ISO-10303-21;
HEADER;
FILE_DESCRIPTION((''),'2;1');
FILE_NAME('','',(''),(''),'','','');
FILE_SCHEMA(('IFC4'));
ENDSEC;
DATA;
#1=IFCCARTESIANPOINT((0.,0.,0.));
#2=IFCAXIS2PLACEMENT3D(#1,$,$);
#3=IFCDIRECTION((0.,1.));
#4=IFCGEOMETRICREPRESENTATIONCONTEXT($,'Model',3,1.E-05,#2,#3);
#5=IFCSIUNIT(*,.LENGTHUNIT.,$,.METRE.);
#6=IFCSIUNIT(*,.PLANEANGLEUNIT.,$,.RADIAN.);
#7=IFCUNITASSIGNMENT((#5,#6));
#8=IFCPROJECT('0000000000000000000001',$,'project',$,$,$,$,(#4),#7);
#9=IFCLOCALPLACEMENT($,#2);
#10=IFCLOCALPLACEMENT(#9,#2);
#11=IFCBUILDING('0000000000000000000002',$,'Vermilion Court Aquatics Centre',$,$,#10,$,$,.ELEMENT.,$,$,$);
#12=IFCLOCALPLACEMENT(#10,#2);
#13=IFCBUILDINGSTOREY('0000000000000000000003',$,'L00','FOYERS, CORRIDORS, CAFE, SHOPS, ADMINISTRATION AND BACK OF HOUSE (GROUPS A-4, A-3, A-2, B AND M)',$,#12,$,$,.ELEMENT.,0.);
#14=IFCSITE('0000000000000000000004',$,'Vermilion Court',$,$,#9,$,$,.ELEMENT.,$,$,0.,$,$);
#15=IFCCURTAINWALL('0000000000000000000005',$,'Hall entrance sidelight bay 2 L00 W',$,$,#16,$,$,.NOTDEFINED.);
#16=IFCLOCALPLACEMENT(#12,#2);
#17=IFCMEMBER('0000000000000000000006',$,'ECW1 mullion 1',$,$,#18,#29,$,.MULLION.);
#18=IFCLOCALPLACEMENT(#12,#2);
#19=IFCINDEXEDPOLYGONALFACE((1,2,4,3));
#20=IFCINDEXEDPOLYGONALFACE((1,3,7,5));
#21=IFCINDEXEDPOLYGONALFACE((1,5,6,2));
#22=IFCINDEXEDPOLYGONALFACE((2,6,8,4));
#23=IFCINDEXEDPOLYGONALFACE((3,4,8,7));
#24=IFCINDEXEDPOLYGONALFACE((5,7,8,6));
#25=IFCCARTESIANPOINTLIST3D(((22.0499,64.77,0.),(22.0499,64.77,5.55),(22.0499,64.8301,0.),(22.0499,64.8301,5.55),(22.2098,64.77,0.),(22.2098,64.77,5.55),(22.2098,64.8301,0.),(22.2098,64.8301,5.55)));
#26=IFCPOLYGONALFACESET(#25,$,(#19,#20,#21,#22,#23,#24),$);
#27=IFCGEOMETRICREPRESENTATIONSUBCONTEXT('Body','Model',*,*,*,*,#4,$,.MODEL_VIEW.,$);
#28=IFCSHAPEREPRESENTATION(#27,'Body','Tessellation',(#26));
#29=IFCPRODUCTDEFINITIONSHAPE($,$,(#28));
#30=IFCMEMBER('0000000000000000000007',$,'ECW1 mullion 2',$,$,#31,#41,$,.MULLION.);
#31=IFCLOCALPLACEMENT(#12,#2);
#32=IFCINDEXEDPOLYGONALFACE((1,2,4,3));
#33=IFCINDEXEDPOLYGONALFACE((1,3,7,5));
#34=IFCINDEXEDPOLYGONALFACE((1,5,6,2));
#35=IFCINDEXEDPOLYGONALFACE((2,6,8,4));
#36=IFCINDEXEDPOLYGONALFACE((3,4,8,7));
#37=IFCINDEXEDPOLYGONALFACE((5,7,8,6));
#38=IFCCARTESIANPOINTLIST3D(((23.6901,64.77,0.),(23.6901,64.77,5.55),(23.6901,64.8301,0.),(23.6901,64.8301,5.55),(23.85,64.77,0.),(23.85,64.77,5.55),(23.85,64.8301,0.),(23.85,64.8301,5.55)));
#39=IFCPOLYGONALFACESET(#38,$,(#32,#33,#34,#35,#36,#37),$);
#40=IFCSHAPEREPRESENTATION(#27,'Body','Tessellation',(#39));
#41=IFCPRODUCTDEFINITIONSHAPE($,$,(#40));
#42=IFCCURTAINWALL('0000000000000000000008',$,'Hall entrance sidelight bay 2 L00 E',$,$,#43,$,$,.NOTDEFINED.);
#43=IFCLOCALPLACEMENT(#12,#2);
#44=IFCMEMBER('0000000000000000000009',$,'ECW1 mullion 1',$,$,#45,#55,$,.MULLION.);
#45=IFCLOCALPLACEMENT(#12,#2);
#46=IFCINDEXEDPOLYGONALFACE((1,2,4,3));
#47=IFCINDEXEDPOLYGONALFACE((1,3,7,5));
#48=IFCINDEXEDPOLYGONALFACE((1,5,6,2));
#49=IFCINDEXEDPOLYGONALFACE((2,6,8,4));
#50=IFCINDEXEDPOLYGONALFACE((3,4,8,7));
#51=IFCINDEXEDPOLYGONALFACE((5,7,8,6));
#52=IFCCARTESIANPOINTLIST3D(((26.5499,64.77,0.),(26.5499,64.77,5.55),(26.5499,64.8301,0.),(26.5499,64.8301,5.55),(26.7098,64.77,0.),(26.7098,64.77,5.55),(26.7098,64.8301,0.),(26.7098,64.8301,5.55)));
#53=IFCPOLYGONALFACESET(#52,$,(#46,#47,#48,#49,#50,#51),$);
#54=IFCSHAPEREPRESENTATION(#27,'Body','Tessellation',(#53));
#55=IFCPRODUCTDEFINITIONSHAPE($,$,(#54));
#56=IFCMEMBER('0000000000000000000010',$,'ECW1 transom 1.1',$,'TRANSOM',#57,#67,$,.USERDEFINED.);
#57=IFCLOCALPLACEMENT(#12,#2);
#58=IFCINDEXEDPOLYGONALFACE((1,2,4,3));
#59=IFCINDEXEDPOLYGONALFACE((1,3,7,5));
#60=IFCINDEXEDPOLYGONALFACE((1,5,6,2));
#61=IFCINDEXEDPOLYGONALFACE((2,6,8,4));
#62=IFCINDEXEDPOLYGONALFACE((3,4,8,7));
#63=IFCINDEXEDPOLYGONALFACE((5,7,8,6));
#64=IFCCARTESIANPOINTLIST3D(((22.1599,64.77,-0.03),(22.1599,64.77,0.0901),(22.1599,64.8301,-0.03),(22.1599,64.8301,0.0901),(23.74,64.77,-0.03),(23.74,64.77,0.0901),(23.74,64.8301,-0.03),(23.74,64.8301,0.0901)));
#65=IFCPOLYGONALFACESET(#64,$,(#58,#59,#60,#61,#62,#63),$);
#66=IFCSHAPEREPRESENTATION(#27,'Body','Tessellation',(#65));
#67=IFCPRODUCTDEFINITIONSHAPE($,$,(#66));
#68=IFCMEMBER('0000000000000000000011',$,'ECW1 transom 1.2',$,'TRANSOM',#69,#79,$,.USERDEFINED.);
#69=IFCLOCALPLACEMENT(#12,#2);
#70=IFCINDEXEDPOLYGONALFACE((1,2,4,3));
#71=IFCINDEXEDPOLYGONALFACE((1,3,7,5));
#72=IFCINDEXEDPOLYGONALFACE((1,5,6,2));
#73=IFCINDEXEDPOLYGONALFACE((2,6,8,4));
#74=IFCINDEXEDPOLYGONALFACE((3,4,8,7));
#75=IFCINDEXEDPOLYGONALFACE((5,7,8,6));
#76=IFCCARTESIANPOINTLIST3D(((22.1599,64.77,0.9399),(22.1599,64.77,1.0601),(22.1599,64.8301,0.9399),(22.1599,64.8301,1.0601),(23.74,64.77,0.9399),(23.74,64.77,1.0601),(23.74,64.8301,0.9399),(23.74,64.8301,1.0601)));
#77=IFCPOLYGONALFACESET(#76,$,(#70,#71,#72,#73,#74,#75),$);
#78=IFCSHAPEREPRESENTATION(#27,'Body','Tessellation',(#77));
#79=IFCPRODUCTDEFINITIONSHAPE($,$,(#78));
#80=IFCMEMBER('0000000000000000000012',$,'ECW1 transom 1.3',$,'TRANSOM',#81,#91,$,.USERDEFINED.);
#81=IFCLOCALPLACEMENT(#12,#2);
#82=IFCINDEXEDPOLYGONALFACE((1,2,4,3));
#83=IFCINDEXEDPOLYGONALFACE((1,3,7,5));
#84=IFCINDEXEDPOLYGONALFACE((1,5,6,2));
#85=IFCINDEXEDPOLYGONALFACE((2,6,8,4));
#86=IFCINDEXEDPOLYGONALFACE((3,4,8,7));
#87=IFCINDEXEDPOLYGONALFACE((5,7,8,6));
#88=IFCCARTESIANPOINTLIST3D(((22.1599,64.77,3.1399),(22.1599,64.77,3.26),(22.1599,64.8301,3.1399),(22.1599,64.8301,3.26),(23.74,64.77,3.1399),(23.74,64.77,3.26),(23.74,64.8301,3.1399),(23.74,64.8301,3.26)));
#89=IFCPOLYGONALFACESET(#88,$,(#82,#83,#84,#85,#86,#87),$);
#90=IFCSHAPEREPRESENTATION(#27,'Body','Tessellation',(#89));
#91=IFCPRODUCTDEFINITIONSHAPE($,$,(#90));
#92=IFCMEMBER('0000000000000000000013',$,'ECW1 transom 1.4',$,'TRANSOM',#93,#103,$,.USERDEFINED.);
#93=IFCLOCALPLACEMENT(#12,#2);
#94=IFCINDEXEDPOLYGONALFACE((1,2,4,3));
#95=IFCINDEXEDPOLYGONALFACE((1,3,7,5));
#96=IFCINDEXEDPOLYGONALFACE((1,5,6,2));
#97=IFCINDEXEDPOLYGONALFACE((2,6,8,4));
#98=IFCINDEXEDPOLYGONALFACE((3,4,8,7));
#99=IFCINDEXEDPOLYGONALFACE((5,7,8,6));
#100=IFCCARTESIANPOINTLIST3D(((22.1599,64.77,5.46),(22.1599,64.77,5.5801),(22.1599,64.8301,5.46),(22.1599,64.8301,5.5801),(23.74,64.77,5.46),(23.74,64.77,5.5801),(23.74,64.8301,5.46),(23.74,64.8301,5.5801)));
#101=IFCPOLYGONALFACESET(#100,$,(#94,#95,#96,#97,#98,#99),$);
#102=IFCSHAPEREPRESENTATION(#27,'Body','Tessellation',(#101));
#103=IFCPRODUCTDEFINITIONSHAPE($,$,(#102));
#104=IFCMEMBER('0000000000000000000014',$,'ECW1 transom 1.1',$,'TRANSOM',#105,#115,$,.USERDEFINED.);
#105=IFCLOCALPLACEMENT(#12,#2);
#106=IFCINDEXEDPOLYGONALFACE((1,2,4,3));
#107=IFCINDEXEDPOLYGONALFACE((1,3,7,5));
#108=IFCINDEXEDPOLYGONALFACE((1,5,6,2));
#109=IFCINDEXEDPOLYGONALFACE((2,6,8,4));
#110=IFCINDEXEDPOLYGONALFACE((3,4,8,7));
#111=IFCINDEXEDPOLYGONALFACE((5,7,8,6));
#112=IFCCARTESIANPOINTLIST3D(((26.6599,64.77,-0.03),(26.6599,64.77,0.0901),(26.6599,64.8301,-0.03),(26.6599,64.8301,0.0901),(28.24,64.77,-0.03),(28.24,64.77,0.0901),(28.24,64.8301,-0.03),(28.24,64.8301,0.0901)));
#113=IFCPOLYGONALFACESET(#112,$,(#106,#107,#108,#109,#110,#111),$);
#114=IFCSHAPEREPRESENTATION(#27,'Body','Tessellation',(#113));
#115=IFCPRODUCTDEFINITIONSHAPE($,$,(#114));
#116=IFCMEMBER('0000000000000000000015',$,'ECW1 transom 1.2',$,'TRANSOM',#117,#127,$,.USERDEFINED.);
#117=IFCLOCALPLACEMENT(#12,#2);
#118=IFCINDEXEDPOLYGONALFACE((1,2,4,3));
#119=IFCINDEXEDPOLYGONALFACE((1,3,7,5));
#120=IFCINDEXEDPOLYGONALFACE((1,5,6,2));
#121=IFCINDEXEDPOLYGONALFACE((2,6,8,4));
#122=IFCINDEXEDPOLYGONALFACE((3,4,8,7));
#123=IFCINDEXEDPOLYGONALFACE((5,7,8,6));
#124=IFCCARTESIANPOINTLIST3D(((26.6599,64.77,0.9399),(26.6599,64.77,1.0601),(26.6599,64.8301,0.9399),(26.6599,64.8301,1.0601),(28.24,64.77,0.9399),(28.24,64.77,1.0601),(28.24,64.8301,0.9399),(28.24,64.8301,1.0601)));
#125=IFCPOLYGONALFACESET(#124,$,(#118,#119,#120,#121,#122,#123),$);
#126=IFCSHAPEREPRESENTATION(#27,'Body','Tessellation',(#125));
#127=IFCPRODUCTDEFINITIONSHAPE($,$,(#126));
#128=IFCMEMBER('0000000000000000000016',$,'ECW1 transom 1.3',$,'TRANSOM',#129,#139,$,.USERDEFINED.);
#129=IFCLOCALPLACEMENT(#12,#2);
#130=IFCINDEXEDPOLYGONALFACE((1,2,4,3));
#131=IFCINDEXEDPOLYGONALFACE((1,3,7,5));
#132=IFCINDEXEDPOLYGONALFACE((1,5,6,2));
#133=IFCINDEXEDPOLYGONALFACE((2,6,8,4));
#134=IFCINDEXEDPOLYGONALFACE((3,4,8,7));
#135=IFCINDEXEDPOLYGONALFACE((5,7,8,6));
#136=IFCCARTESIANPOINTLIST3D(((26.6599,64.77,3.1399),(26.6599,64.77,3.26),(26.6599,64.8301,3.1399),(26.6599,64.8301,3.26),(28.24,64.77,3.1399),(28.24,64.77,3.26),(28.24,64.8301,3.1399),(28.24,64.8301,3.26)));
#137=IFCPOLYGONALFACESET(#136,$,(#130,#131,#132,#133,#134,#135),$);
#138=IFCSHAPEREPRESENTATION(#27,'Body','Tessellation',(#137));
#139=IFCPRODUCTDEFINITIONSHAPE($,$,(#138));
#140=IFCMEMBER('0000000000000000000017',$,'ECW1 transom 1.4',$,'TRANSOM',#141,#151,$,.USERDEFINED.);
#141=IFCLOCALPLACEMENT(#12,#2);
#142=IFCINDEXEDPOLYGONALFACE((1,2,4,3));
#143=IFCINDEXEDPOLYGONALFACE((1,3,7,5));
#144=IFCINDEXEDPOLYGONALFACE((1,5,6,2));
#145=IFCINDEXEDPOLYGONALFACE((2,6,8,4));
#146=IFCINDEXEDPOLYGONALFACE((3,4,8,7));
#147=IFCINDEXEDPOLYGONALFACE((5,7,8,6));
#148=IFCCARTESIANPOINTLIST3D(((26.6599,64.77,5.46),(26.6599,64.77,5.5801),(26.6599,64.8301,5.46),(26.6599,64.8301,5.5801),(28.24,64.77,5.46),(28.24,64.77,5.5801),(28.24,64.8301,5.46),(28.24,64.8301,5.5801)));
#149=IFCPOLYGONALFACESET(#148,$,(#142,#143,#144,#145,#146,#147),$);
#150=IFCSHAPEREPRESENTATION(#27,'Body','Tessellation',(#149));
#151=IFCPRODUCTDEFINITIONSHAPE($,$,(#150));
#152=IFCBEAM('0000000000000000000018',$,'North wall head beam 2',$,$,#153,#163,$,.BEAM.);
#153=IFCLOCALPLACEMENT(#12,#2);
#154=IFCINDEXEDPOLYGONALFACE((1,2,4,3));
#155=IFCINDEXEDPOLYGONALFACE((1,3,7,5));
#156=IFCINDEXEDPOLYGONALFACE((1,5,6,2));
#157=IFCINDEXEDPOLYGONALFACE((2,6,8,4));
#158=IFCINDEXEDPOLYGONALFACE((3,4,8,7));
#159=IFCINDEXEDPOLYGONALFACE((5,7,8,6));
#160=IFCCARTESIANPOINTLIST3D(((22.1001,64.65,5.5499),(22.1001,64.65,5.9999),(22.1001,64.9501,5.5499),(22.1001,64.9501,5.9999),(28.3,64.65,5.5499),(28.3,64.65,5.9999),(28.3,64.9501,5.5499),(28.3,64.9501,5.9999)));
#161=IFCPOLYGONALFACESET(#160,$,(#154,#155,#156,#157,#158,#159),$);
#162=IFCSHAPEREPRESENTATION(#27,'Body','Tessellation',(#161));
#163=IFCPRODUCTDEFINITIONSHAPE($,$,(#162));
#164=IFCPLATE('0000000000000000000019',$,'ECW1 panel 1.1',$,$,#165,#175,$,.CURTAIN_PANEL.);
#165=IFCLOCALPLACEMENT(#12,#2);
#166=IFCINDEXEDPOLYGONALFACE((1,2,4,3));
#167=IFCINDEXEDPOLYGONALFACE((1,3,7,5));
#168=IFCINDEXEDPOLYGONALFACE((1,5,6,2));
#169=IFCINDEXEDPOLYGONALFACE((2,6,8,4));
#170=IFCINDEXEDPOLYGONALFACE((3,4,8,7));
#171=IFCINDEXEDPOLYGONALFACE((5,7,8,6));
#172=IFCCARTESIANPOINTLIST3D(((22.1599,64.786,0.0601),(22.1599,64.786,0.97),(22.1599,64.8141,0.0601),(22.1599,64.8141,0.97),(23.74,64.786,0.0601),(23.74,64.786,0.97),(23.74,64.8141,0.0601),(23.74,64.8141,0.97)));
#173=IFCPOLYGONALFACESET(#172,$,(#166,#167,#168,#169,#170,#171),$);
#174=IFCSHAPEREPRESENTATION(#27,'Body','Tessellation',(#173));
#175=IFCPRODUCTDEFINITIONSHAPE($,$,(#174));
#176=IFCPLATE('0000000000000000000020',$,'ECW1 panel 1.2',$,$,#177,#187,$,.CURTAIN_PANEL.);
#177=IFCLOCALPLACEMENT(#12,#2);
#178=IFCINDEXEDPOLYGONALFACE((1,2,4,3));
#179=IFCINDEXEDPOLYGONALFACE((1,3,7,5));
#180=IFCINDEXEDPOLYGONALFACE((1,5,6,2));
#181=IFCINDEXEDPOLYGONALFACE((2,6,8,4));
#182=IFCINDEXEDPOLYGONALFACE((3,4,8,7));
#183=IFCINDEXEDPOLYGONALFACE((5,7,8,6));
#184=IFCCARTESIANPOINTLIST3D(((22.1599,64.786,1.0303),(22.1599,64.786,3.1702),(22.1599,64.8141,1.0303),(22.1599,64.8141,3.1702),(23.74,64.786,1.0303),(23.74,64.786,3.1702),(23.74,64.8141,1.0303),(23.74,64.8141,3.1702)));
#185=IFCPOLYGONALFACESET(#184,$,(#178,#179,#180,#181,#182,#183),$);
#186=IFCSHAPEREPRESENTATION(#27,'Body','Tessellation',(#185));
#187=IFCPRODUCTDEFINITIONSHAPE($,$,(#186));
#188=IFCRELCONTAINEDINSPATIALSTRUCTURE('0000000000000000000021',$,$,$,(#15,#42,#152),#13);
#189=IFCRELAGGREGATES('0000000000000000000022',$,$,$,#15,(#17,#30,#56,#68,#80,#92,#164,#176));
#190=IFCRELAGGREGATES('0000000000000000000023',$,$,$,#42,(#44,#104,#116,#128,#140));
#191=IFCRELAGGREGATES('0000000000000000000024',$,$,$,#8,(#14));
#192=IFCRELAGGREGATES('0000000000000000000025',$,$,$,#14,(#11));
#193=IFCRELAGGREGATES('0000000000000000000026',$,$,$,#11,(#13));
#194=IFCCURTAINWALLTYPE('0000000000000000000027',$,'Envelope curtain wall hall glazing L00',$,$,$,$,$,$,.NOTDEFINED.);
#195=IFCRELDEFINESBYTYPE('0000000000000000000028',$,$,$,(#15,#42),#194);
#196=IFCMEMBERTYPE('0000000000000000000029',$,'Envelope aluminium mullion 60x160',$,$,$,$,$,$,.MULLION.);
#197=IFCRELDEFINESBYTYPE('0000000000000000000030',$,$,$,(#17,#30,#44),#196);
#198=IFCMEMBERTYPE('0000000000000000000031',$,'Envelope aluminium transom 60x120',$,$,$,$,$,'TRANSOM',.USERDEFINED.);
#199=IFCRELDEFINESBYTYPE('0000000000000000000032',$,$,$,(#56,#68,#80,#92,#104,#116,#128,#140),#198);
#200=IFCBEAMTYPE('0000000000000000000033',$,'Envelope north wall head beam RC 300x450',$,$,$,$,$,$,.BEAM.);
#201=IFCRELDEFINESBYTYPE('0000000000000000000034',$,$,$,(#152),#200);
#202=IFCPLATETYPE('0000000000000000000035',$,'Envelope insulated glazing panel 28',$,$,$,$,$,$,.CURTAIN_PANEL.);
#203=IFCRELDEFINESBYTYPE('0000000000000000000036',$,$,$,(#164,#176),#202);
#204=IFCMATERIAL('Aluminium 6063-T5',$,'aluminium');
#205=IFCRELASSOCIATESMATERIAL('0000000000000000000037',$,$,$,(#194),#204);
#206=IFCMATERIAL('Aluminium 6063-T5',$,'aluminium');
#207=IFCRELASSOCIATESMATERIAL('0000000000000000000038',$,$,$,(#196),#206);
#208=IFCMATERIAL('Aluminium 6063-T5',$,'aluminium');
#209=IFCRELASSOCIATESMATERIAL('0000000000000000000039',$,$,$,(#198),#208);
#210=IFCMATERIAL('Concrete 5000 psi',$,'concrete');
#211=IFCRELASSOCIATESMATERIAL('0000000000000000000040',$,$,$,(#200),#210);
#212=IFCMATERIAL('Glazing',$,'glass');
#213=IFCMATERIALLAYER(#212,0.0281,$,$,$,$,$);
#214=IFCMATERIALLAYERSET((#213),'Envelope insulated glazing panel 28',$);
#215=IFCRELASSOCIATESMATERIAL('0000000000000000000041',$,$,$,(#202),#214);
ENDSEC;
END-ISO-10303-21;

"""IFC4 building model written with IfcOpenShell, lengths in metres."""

from ifc_helpers import new_model, si_unit, direction, frame, origin, origin_2d, place, context, subcontext, project, spatial, rectangle, extrude, material, layer, layer_set, material_profile, profile_set, type_object, element, aggregate, save


model = new_model("IFC4")

# Units and contexts
model_context = context("Model", 3, precision=1e-05, world=origin(), true_north=direction((0.0, 1.0)))
body_context = subcontext(model_context, "Body", "Model", "MODEL_VIEW")
ifc_project = project(units=[si_unit("LENGTHUNIT", "METRE"), si_unit("PLANEANGLEUNIT", "RADIAN")], contexts=[model_context])

# Site, building, storey
site_placement = place(None, origin())
site = spatial("IfcSite", under=ifc_project, at=site_placement, Name="Vermilion Court", CompositionType="ELEMENT", RefElevation=0.0)
building_placement = place(site_placement, origin())
building = spatial("IfcBuilding", under=site, at=building_placement, Name="Vermilion Court Aquatics Centre", CompositionType="ELEMENT")
storey_placement = place(building_placement, origin())
storey = spatial("IfcBuildingStorey", under=building, at=storey_placement, Name="L00", Description="FOYERS, CORRIDORS, CAFE, SHOPS, ADMINISTRATION AND BACK OF HOUSE (GROUPS A-4, A-3, A-2, B AND M)", CompositionType="ELEMENT", Elevation=0.0)

# Curtain wall, members
ifc_material_1 = material(Name="Aluminium 6063-T5", Category="aluminium")
curtain_wall_type = type_object("IfcCurtainWallType", Name="Envelope curtain wall hall glazing L00", PredefinedType="NOTDEFINED", material=ifc_material_1)
curtain_wall_1_placement = place(storey_placement, origin())
curtain_wall_1 = element("IfcCurtainWall", 1, at=curtain_wall_1_placement, inside=storey, type_object=curtain_wall_type, Name="Hall entrance sidelight bay 2 L00 W", PredefinedType="NOTDEFINED")
ifc_material_2 = material(Name="Aluminium 6063-T5", Category="aluminium")
ifc_material_profile_1 = material_profile(ifc_material_2, rectangle(XDim=0.0601, YDim=0.1599, at=origin_2d()), Name="AL 60x160")
ifc_profile_set_1 = profile_set([ifc_material_profile_1], Name="Aluminium 6063-T5")
member_type_1 = type_object("IfcMemberType", Name="Envelope aluminium mullion 60x160", PredefinedType="MULLION", material=ifc_profile_set_1)
member_1_placement = place(storey_placement, frame((22.1299, 64.8, 0.0), z_axis=(0.0, 0.0, 1.0), x_axis=(0.0, 1.0, 0.0)))
member_1 = element("IfcMember", 2, at=member_1_placement, type_object=member_type_1, Name="ECW1 mullion 1", PredefinedType="MULLION", context=body_context, shape_type="SweptSolid", body=[
    extrude(rectangle(XDim=0.0601, YDim=0.1599, at=origin_2d()), origin(), (0.0, 0.0, 1.0), 5.55),
])
member_2_placement = place(storey_placement, frame((23.77, 64.8, 0.0), z_axis=(0.0, 0.0, 1.0), x_axis=(0.0, 1.0, 0.0)))
member_2 = element("IfcMember", 3, at=member_2_placement, type_object=member_type_1, Name="ECW1 mullion 2", PredefinedType="MULLION", context=body_context, shape_type="SweptSolid", body=[
    extrude(rectangle(XDim=0.0601, YDim=0.1599, at=origin_2d()), origin(), (0.0, 0.0, 1.0), 5.55),
])

# Curtain wall, member
curtain_wall_2_placement = place(storey_placement, origin())
curtain_wall_2 = element("IfcCurtainWall", 4, at=curtain_wall_2_placement, inside=storey, type_object=curtain_wall_type, Name="Hall entrance sidelight bay 2 L00 E", PredefinedType="NOTDEFINED")
member_3_placement = place(storey_placement, frame((26.6299, 64.8, 0.0), z_axis=(0.0, 0.0, 1.0), x_axis=(0.0, 1.0, 0.0)))
member_3 = element("IfcMember", 5, at=member_3_placement, type_object=member_type_1, Name="ECW1 mullion 1", PredefinedType="MULLION", context=body_context, shape_type="SweptSolid", body=[
    extrude(rectangle(XDim=0.0601, YDim=0.1599, at=origin_2d()), origin(), (0.0, 0.0, 1.0), 5.55),
])

# Members
ifc_material_3 = material(Name="Aluminium 6063-T5", Category="aluminium")
ifc_material_profile_2 = material_profile(ifc_material_3, rectangle(XDim=0.0601, YDim=0.1201, at=origin_2d()), Name="AL 60x120")
ifc_profile_set_2 = profile_set([ifc_material_profile_2], Name="Aluminium 6063-T5")
member_type_2 = type_object("IfcMemberType", Name="Envelope aluminium transom 60x120", ElementType="TRANSOM", PredefinedType="USERDEFINED", material=ifc_profile_set_2)
member_4_placement = place(storey_placement, frame((22.1599, 64.8, 0.03), z_axis=(1.0, 0.0, 0.0), x_axis=(0.0, 1.0, 0.0)))
member_4 = element("IfcMember", 6, at=member_4_placement, type_object=member_type_2, Name="ECW1 transom 1.1", ObjectType="TRANSOM", PredefinedType="USERDEFINED", context=body_context, shape_type="SweptSolid", body=[
    extrude(rectangle(XDim=0.0601, YDim=0.1201, at=origin_2d()), origin(), (0.0, 0.0, 1.0), 1.5801),
])
member_5_placement = place(storey_placement, frame((22.1599, 64.8, 1.0), z_axis=(1.0, 0.0, 0.0), x_axis=(0.0, 1.0, 0.0)))
member_5 = element("IfcMember", 7, at=member_5_placement, type_object=member_type_2, Name="ECW1 transom 1.2", ObjectType="TRANSOM", PredefinedType="USERDEFINED", context=body_context, shape_type="SweptSolid", body=[
    extrude(rectangle(XDim=0.0601, YDim=0.1201, at=origin_2d()), origin(), (0.0, 0.0, 1.0), 1.5801),
])
member_6_placement = place(storey_placement, frame((22.1599, 64.8, 3.2), z_axis=(1.0, 0.0, 0.0), x_axis=(0.0, 1.0, 0.0)))
member_6 = element("IfcMember", 8, at=member_6_placement, type_object=member_type_2, Name="ECW1 transom 1.3", ObjectType="TRANSOM", PredefinedType="USERDEFINED", context=body_context, shape_type="SweptSolid", body=[
    extrude(rectangle(XDim=0.0601, YDim=0.1201, at=origin_2d()), origin(), (0.0, 0.0, 1.0), 1.5801),
])
member_7_placement = place(storey_placement, frame((22.1599, 64.8, 5.52), z_axis=(1.0, 0.0, 0.0), x_axis=(0.0, 1.0, 0.0)))
member_7 = element("IfcMember", 9, at=member_7_placement, type_object=member_type_2, Name="ECW1 transom 1.4", ObjectType="TRANSOM", PredefinedType="USERDEFINED", context=body_context, shape_type="SweptSolid", body=[
    extrude(rectangle(XDim=0.0601, YDim=0.1201, at=origin_2d()), origin(), (0.0, 0.0, 1.0), 1.5801),
])
member_8_placement = place(storey_placement, frame((26.6599, 64.8, 0.03), z_axis=(1.0, 0.0, 0.0), x_axis=(0.0, 1.0, 0.0)))
member_8 = element("IfcMember", 10, at=member_8_placement, type_object=member_type_2, Name="ECW1 transom 1.1", ObjectType="TRANSOM", PredefinedType="USERDEFINED", context=body_context, shape_type="SweptSolid", body=[
    extrude(rectangle(XDim=0.0601, YDim=0.1201, at=origin_2d()), origin(), (0.0, 0.0, 1.0), 1.5801),
])
member_9_placement = place(storey_placement, frame((26.6599, 64.8, 1.0), z_axis=(1.0, 0.0, 0.0), x_axis=(0.0, 1.0, 0.0)))
member_9 = element("IfcMember", 11, at=member_9_placement, type_object=member_type_2, Name="ECW1 transom 1.2", ObjectType="TRANSOM", PredefinedType="USERDEFINED", context=body_context, shape_type="SweptSolid", body=[
    extrude(rectangle(XDim=0.0601, YDim=0.1201, at=origin_2d()), origin(), (0.0, 0.0, 1.0), 1.5801),
])
member_10_placement = place(storey_placement, frame((26.6599, 64.8, 3.2), z_axis=(1.0, 0.0, 0.0), x_axis=(0.0, 1.0, 0.0)))
member_10 = element("IfcMember", 12, at=member_10_placement, type_object=member_type_2, Name="ECW1 transom 1.3", ObjectType="TRANSOM", PredefinedType="USERDEFINED", context=body_context, shape_type="SweptSolid", body=[
    extrude(rectangle(XDim=0.0601, YDim=0.1201, at=origin_2d()), origin(), (0.0, 0.0, 1.0), 1.5801),
])
member_11_placement = place(storey_placement, frame((26.6599, 64.8, 5.52), z_axis=(1.0, 0.0, 0.0), x_axis=(0.0, 1.0, 0.0)))
member_11 = element("IfcMember", 13, at=member_11_placement, type_object=member_type_2, Name="ECW1 transom 1.4", ObjectType="TRANSOM", PredefinedType="USERDEFINED", context=body_context, shape_type="SweptSolid", body=[
    extrude(rectangle(XDim=0.0601, YDim=0.1201, at=origin_2d()), origin(), (0.0, 0.0, 1.0), 1.5801),
])

# Beam
ifc_material_4 = material(Name="Concrete 5000 psi", Category="concrete")
ifc_material_profile_3 = material_profile(ifc_material_4, rectangle(XDim=0.3, YDim=0.45, at=origin_2d()), Name="RC 300x450")
ifc_profile_set_3 = profile_set([ifc_material_profile_3], Name="Concrete 5000 psi")
beam_type = type_object("IfcBeamType", Name="Envelope north wall head beam RC 300x450", PredefinedType="BEAM", material=ifc_profile_set_3)
beam_placement = place(storey_placement, frame((22.1001, 64.8, 5.7749), z_axis=(1.0, 0.0, 0.0), x_axis=(0.0, 1.0, 0.0)))
element("IfcBeam", 14, at=beam_placement, inside=storey, type_object=beam_type, Name="North wall head beam 2", PredefinedType="BEAM", context=body_context, shape_type="SweptSolid", body=[
    extrude(rectangle(XDim=0.3, YDim=0.45, at=origin_2d()), origin(), (0.0, 0.0, 1.0), 6.2),
])

# Plates
ifc_material_5 = material(Name="Glazing", Category="glass")
ifc_layer_1 = layer(ifc_material_5, 0.0281)
ifc_layer_set_1 = layer_set([ifc_layer_1], Name="Envelope insulated glazing panel 28")
plate_type = type_object("IfcPlateType", Name="Envelope insulated glazing panel 28", PredefinedType="CURTAIN_PANEL", material=ifc_layer_set_1)
plate_1_placement = place(storey_placement, frame((22.95, 64.8, 0.0601), z_axis=(0.0, 0.0, 1.0), x_axis=(1.0, 0.0, 0.0)))
plate_1 = element("IfcPlate", 15, at=plate_1_placement, type_object=plate_type, Name="ECW1 panel 1.1", PredefinedType="CURTAIN_PANEL", context=body_context, shape_type="SweptSolid", body=[
    extrude(rectangle(XDim=1.5801, YDim=0.0281, at=origin_2d()), origin(), (0.0, 0.0, 1.0), 0.9099),
])
plate_2_placement = place(storey_placement, frame((22.95, 64.8, 1.0303), z_axis=(0.0, 0.0, 1.0), x_axis=(1.0, 0.0, 0.0)))
plate_2 = element("IfcPlate", 16, at=plate_2_placement, type_object=plate_type, Name="ECW1 panel 1.2", PredefinedType="CURTAIN_PANEL", context=body_context, shape_type="SweptSolid", body=[
    extrude(rectangle(XDim=1.5801, YDim=0.0281, at=origin_2d()), origin(), (0.0, 0.0, 1.0), 2.1399),
])
aggregate(curtain_wall_1, [member_1, member_2, member_4, member_5, member_6, member_7, plate_1, plate_2])
aggregate(curtain_wall_2, [member_3, member_8, member_9, member_10, member_11])

save(model, "model.ifc")
